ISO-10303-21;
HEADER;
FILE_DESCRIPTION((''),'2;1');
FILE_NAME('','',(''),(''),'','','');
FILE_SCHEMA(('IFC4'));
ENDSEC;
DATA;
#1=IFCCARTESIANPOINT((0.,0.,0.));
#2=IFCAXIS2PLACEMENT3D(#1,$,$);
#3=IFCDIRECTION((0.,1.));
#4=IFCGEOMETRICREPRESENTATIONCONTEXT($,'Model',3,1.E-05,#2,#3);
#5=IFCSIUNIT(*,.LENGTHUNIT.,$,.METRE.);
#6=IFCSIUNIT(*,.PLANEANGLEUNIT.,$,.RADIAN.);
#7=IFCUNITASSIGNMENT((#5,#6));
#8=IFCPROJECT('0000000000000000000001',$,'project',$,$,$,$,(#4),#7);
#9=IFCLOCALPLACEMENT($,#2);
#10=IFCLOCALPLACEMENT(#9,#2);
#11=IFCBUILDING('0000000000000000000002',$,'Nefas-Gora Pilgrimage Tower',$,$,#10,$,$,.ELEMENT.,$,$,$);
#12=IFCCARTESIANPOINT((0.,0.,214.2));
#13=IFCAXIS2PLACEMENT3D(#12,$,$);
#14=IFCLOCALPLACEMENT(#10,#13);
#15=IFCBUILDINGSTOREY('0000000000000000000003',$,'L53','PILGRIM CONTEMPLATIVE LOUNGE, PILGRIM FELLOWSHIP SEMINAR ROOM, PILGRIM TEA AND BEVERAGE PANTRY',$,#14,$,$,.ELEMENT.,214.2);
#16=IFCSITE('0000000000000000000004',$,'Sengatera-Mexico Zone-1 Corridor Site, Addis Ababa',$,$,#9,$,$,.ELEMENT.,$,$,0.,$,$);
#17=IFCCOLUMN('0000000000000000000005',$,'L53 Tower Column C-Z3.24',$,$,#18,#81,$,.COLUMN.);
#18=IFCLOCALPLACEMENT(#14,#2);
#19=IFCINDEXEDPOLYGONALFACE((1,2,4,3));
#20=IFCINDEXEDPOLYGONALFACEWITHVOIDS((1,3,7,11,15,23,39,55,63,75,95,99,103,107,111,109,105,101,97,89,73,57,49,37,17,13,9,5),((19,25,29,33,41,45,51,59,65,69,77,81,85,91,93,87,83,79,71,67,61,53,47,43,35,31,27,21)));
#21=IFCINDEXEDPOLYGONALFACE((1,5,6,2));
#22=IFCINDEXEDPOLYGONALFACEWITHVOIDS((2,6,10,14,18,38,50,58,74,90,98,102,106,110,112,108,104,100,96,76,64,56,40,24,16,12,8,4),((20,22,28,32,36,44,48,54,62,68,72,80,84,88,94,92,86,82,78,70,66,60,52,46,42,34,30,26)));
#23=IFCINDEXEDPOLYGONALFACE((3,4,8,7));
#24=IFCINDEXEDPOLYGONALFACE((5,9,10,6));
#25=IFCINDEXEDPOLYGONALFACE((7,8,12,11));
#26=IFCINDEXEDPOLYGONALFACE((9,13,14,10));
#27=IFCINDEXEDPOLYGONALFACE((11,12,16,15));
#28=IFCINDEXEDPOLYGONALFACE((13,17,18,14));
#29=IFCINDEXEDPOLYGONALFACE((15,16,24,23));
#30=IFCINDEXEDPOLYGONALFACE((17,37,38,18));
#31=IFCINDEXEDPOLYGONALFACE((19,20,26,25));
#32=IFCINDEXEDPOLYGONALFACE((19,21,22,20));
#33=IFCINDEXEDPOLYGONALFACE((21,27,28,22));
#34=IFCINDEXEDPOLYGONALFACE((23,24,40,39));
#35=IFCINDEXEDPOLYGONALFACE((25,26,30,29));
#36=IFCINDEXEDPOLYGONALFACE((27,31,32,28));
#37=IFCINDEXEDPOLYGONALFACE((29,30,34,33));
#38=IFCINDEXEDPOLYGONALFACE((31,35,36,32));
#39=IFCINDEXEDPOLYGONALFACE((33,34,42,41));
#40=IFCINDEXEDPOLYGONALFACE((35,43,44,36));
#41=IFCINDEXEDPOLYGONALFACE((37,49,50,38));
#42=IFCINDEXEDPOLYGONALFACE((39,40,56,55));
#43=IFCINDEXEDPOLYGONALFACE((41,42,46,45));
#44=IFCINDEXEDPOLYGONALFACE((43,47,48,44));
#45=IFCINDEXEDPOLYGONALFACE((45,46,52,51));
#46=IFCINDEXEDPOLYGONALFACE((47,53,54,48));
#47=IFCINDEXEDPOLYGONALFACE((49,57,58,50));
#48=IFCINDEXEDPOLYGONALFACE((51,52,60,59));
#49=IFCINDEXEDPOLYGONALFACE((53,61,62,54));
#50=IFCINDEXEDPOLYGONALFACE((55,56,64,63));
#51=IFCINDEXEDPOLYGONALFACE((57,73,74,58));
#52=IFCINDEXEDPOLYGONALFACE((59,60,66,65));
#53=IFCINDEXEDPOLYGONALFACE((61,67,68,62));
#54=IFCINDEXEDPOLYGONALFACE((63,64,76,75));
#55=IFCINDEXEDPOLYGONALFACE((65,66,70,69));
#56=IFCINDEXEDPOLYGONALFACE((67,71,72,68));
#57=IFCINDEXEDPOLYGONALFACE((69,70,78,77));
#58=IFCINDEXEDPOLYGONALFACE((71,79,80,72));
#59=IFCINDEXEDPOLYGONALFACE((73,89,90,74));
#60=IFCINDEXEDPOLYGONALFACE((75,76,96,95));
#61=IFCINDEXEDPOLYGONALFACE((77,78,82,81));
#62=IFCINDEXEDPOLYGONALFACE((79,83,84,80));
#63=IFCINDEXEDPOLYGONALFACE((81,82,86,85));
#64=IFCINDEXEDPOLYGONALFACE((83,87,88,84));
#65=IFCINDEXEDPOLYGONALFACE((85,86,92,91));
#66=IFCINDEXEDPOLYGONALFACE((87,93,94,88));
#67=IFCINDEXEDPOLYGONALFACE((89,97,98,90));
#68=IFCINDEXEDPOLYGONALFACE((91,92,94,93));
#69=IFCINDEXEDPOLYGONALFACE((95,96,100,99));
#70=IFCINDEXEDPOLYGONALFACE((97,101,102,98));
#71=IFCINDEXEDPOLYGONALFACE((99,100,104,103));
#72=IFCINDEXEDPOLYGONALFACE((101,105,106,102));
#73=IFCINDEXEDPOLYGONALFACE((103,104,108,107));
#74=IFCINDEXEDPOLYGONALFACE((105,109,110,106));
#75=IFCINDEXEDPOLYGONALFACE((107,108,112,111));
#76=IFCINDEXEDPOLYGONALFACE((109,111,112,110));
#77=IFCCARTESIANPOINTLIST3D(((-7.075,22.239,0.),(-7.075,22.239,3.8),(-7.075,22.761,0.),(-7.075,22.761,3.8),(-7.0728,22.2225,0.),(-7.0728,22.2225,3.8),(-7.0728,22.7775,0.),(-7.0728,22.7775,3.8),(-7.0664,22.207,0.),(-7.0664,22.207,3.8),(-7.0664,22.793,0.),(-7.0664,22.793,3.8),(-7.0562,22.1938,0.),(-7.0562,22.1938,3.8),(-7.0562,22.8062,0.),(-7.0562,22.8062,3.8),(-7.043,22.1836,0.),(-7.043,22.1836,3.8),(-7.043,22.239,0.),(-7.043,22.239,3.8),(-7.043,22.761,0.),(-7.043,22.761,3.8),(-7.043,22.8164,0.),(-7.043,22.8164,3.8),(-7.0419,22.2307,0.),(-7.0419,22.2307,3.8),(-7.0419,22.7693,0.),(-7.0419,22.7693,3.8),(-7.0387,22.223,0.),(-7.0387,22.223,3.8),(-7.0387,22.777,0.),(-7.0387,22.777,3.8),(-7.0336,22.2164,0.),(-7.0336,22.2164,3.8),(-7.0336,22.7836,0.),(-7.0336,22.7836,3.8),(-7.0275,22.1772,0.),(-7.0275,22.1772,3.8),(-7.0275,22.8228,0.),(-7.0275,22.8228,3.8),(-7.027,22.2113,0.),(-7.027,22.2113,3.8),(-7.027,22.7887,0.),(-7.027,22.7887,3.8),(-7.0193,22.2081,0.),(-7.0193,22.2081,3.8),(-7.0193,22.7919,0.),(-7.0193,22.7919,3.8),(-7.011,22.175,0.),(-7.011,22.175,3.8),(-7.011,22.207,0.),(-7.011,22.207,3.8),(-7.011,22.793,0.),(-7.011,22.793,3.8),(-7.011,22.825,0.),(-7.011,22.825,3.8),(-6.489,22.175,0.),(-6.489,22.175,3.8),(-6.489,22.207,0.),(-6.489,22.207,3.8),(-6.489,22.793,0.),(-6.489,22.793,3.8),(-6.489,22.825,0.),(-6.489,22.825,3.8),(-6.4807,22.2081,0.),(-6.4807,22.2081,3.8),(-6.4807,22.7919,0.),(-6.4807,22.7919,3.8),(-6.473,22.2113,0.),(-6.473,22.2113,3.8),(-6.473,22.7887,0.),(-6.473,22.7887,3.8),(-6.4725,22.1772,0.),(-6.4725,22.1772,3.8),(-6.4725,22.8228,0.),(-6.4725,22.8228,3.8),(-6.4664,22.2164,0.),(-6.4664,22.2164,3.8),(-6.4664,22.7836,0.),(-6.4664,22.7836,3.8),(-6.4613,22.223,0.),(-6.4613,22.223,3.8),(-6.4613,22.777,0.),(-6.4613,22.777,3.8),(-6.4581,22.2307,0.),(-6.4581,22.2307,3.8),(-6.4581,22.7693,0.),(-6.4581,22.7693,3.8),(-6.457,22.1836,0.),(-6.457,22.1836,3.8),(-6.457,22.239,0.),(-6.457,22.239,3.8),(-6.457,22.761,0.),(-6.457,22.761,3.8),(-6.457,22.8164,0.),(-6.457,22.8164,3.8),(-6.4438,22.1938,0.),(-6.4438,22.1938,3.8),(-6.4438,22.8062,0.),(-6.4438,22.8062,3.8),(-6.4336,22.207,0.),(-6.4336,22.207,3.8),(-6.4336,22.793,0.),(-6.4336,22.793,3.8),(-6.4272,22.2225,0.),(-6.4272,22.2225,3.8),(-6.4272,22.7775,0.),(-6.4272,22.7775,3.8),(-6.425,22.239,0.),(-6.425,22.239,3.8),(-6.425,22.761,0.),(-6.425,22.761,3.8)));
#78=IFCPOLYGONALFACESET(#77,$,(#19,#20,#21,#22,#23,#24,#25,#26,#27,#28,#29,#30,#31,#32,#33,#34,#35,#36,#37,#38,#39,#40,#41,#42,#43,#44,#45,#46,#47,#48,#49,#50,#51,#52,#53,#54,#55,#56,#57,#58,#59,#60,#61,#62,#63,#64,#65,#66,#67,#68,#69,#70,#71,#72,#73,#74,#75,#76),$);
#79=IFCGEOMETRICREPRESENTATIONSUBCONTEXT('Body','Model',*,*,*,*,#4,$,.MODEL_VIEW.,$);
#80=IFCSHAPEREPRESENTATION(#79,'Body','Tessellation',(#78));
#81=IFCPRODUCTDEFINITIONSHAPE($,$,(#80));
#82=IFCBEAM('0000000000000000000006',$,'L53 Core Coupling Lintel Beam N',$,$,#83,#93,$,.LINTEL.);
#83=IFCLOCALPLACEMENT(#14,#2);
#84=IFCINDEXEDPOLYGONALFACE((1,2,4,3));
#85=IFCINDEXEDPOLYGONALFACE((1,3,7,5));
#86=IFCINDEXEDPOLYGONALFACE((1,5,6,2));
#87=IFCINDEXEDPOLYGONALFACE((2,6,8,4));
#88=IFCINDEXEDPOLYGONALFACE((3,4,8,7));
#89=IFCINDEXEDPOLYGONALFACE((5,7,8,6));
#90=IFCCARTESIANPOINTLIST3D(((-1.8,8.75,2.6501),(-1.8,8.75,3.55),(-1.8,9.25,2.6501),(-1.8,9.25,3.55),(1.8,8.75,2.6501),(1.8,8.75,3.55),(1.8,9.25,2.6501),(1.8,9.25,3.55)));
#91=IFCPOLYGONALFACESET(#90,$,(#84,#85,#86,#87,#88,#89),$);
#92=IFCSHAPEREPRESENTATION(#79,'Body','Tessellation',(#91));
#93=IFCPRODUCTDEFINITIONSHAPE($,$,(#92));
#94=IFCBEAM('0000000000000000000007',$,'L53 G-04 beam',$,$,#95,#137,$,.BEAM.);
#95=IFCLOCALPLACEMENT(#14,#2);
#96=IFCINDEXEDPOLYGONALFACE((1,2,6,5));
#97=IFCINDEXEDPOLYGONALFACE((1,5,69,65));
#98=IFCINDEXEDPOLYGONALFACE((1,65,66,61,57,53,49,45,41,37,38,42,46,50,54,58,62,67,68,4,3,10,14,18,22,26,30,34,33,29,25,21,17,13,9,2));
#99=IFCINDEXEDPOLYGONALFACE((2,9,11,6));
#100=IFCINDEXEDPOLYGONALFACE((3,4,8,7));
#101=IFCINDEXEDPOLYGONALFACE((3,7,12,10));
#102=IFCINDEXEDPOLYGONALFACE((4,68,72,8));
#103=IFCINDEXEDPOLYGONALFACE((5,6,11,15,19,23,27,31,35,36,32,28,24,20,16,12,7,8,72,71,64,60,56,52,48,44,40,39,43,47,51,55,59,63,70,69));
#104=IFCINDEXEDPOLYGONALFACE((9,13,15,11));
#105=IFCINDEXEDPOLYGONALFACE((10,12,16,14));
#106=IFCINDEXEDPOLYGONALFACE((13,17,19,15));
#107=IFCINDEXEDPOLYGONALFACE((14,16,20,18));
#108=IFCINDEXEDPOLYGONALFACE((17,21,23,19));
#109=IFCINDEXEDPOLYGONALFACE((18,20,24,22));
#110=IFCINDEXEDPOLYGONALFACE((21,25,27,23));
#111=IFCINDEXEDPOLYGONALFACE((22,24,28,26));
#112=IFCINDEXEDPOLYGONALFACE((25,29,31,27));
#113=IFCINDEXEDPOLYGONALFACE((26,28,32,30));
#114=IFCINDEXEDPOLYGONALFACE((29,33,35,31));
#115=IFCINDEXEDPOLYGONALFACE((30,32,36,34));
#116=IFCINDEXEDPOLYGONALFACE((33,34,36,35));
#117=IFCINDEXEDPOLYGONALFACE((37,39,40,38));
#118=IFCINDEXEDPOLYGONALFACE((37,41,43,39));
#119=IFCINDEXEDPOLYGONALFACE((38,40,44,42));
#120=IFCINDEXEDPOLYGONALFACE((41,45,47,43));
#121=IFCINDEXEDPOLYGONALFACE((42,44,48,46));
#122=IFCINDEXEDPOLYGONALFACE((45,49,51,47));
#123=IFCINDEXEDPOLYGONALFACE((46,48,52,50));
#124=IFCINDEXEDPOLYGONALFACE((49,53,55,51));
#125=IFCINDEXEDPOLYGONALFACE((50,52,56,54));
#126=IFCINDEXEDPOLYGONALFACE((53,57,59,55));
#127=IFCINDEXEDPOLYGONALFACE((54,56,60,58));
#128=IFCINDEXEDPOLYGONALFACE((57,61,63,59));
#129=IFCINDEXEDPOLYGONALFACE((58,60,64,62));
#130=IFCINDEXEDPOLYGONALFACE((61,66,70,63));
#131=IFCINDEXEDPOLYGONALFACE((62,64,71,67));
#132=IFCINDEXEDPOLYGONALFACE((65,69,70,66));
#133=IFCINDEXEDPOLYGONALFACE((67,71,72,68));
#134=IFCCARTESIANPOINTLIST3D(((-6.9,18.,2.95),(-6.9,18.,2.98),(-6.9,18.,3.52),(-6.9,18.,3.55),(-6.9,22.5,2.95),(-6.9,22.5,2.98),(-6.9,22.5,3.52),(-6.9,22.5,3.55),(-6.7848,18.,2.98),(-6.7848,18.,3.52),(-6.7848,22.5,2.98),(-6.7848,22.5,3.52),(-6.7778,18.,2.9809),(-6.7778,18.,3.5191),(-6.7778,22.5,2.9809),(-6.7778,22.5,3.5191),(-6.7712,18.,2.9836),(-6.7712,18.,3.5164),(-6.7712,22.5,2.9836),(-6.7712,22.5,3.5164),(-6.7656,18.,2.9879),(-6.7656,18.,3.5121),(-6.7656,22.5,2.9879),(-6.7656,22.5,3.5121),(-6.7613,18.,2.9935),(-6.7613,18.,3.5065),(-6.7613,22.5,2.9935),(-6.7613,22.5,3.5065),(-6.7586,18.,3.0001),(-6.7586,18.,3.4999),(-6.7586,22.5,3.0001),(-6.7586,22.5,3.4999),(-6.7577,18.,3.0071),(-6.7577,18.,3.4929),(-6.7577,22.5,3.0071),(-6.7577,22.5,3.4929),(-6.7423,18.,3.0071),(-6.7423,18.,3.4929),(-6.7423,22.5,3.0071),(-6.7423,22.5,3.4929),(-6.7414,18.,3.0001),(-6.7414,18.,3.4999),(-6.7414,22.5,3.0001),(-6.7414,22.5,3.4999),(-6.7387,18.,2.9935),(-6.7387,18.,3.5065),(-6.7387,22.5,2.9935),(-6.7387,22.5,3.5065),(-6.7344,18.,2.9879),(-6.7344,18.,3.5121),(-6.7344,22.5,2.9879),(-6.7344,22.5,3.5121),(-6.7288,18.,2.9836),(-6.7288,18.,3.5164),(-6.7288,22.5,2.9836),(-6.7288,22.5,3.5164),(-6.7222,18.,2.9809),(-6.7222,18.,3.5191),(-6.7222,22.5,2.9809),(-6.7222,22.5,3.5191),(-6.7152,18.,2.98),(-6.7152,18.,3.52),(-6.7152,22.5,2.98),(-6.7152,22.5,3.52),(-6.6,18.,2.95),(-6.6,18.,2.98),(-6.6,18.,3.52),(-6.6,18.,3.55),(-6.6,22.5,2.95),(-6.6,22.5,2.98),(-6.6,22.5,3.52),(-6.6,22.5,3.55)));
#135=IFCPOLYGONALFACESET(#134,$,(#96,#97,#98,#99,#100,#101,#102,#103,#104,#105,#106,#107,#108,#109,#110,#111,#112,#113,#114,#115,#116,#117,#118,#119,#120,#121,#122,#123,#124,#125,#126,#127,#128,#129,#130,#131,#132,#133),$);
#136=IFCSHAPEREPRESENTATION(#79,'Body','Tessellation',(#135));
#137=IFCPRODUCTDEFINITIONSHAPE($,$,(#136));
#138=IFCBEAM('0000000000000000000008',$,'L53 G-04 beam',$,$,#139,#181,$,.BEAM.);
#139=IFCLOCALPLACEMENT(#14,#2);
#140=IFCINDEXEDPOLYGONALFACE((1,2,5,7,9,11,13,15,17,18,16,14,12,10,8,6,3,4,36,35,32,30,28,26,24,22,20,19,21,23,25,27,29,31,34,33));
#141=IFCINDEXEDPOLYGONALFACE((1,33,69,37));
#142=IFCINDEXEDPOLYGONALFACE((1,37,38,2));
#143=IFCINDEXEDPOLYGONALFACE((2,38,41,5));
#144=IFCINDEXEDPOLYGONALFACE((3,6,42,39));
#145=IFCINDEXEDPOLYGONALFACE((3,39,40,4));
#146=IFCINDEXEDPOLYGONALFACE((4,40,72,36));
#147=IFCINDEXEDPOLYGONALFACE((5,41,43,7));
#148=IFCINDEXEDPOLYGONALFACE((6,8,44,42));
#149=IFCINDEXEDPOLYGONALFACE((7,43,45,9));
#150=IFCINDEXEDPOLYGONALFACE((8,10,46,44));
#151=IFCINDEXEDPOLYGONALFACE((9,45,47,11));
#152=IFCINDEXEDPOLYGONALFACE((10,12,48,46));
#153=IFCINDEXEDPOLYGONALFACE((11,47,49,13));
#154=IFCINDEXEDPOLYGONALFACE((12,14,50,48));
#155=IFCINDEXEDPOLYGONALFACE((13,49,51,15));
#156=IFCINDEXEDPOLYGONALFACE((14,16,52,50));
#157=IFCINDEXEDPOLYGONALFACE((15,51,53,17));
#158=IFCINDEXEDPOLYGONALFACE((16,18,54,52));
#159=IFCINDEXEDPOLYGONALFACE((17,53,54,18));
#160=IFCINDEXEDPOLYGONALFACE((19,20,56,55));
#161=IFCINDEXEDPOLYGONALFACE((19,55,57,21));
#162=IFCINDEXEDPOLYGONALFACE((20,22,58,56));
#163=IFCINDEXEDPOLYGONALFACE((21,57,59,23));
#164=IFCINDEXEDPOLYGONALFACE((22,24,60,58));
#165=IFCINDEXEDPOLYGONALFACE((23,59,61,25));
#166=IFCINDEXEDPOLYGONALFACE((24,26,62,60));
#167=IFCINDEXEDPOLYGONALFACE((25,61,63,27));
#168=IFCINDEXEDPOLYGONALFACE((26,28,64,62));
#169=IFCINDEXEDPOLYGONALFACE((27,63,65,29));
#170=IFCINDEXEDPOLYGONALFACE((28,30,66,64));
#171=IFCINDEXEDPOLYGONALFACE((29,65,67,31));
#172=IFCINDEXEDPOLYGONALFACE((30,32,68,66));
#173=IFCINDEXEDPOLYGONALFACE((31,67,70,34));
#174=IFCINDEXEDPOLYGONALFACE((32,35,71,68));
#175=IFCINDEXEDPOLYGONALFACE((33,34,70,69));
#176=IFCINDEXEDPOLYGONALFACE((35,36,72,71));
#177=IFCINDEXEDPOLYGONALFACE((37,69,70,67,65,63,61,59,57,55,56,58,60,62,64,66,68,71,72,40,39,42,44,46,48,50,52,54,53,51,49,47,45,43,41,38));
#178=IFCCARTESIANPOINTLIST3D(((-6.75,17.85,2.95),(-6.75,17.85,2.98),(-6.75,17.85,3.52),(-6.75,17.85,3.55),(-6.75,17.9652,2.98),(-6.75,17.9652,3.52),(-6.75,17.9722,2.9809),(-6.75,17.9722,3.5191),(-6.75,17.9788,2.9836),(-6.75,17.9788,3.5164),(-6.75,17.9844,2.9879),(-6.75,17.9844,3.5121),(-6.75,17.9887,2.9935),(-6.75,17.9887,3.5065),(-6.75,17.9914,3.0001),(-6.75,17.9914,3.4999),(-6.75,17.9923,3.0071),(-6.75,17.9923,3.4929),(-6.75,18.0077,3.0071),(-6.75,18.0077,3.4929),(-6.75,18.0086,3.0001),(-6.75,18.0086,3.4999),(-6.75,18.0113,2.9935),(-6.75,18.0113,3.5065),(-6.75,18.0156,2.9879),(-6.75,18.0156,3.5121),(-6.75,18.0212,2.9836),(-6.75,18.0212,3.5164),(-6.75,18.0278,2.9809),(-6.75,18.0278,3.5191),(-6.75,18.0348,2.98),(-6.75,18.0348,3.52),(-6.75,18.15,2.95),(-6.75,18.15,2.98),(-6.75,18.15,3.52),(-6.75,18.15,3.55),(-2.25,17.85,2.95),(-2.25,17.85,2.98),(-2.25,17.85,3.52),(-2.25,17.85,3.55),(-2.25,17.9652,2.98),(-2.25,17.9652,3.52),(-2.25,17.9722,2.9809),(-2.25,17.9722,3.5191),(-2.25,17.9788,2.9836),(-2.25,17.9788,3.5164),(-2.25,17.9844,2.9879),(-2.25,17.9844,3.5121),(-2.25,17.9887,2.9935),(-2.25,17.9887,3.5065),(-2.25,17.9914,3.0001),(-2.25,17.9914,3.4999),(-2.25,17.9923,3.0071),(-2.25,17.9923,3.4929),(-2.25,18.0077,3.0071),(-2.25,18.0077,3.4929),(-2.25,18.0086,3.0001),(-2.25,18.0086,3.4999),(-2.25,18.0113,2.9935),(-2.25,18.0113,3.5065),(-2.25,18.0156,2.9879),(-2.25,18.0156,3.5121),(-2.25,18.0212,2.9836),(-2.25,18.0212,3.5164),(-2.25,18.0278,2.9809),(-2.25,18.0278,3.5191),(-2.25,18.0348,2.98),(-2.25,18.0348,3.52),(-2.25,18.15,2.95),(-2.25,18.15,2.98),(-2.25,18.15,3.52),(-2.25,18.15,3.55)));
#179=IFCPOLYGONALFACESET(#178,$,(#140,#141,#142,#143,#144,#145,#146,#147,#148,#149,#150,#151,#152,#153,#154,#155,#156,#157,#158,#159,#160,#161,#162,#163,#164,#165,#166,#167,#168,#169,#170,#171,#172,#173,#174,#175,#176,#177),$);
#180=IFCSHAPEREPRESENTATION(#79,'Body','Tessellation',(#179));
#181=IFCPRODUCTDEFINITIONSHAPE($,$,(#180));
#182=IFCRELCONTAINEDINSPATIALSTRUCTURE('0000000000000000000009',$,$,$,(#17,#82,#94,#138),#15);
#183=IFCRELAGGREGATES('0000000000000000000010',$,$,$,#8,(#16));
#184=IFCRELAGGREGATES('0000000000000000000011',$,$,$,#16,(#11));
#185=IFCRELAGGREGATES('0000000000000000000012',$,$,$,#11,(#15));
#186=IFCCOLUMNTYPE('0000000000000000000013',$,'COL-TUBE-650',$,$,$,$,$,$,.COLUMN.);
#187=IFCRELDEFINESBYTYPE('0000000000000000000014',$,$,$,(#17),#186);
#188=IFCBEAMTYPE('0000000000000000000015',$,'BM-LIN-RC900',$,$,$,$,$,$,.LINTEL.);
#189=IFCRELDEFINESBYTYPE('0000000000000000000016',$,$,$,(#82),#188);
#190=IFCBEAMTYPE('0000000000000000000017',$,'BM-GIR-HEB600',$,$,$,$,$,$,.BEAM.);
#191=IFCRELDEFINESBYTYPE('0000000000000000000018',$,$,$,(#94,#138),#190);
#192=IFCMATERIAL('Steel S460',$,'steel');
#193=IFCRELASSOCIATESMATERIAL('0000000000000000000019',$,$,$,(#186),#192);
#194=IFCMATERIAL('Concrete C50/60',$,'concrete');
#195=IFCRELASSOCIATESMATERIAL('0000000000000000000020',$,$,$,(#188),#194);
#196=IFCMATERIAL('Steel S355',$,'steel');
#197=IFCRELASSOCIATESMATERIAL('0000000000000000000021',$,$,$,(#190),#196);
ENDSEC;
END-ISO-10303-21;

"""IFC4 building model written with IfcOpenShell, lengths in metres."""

from ifc_helpers import new_model, si_unit, direction, frame, origin, origin_2d, place, context, subcontext, project, spatial, rectangle, hollow_rectangle, i_section, extrude, source, transform, mapped, material, material_profile, profile_set, type_object, element, save


model = new_model("IFC4")

# Units and contexts
model_context = context("Model", 3, precision=1e-05, world=origin(), true_north=direction((0.0, 1.0)))
body_context = subcontext(model_context, "Body", "Model", "MODEL_VIEW")
ifc_project = project(units=[si_unit("LENGTHUNIT", "METRE"), si_unit("PLANEANGLEUNIT", "RADIAN")], contexts=[model_context])

# Site, building, storey
site_placement = place(None, origin())
site = spatial("IfcSite", under=ifc_project, at=site_placement, Name="Sengatera-Mexico Zone-1 Corridor Site, Addis Ababa", CompositionType="ELEMENT", RefElevation=0.0)
building_placement = place(site_placement, origin())
building = spatial("IfcBuilding", under=site, at=building_placement, Name="Nefas-Gora Pilgrimage Tower", CompositionType="ELEMENT")
storey_placement = place(building_placement, frame((0.0, 0.0, 214.2)))
storey = spatial("IfcBuildingStorey", under=building, at=storey_placement, Name="L53", Description="PILGRIM CONTEMPLATIVE LOUNGE, PILGRIM FELLOWSHIP SEMINAR ROOM, PILGRIM TEA AND BEVERAGE PANTRY", CompositionType="ELEMENT", Elevation=214.2)

# Column
ifc_material_1 = material(Name="Steel S460", Category="steel")
ifc_material_profile_1 = material_profile(ifc_material_1, hollow_rectangle(XDim=0.6499, YDim=0.6499, WallThickness=0.032, InnerFilletRadius=0.032, OuterFilletRadius=0.064, at=origin_2d()), Name="BOX 650x650x32")
ifc_profile_set_1 = profile_set([ifc_material_profile_1], Name="Steel S460")
column_type_1 = type_object("IfcColumnType", Name="COL-TUBE-650", PredefinedType="COLUMN", material=ifc_profile_set_1)
shared_shape_1 = source(origin(), body_context, "Body", "SweptSolid", [
    extrude(hollow_rectangle(XDim=0.6499, YDim=0.6499, WallThickness=0.032, InnerFilletRadius=0.032, OuterFilletRadius=0.064, at=origin_2d()), origin(), (0.0, 0.0, 1.0), 3.8),
])
column_placement = place(storey_placement, frame((-6.75, 22.5, 0.0), z_axis=(0.0, 0.0, 1.0), x_axis=(1.0, 0.0, 0.0)))
element("IfcColumn", 1, at=column_placement, inside=storey, type_object=column_type_1, Name="L53 Tower Column C-Z3.24", PredefinedType="COLUMN", context=body_context, shape_type="MappedRepresentation", body=[
    mapped(shared_shape_1, transform((0.0, 0.0, 0.0), x_axis=(1.0, 0.0, 0.0), y_axis=(0.0, 1.0, 0.0), z_axis=(0.0, 0.0, 1.0), scale=1.0)),
])

# Beams
ifc_material_2 = material(Name="Concrete C50/60", Category="concrete")
ifc_material_profile_2 = material_profile(ifc_material_2, rectangle(XDim=0.5, YDim=0.8999, at=origin_2d()), Name="RC 500x900")
ifc_profile_set_2 = profile_set([ifc_material_profile_2], Name="Concrete C50/60")
beam_type_1 = type_object("IfcBeamType", Name="BM-LIN-RC900", PredefinedType="LINTEL", material=ifc_profile_set_2)
shared_shape_2 = source(origin(), body_context, "Body", "SweptSolid", [
    extrude(rectangle(XDim=0.5, YDim=0.8999, at=origin_2d()), origin(), (0.0, 0.0, 1.0), 3.6001),
])
beam_placement = place(storey_placement, frame((-1.8, 9.0, 3.1001), z_axis=(1.0, 0.0, 0.0), x_axis=(0.0, 1.0, 0.0)))
element("IfcBeam", 2, at=beam_placement, inside=storey, type_object=beam_type_1, Name="L53 Core Coupling Lintel Beam N", PredefinedType="LINTEL", context=body_context, shape_type="MappedRepresentation", body=[
    mapped(shared_shape_2, transform((0.0, 0.0, 0.0), x_axis=(1.0, 0.0, 0.0), y_axis=(0.0, 1.0, 0.0), z_axis=(0.0, 0.0, 1.0), scale=1.0)),
])
ifc_material_3 = material(Name="Steel S355", Category="steel")
ifc_material_profile_3 = material_profile(ifc_material_3, i_section(OverallWidth=0.3, OverallDepth=0.6001, WebThickness=0.0154, FlangeThickness=0.03, FilletRadius=0.0271, at=origin_2d()), Name="HEB 600")
ifc_profile_set_3 = profile_set([ifc_material_profile_3], Name="Steel S355")
beam_type_2 = type_object("IfcBeamType", Name="BM-GIR-HEB600", PredefinedType="BEAM", material=ifc_profile_set_3)
shared_shape_3 = source(origin(), body_context, "Body", "SweptSolid", [
    extrude(i_section(OverallWidth=0.3, OverallDepth=0.6001, WebThickness=0.0154, FlangeThickness=0.03, FilletRadius=0.0271, at=origin_2d()), origin(), (0.0, 0.0, 1.0), 4.5),
])
for number, where, z_axis, x_axis, name in (
    (3, (-6.75, 18.0, 3.25), (0.0, 1.0, 0.0), (-1.0, 0.0, 0.0), "L53 G-04 beam"),
    (4, (-6.75, 18.0, 3.25), (1.0, 0.0, 0.0), (0.0, 1.0, 0.0), "L53 G-04 beam"),
):
    element("IfcBeam", number, at=place(storey_placement, frame(where, z_axis=z_axis, x_axis=x_axis)), inside=storey, type_object=beam_type_2, Name=name, PredefinedType="BEAM", context=body_context, shape_type="MappedRepresentation", body=[
        mapped(shared_shape_3, transform((0.0, 0.0, 0.0), x_axis=(1.0, 0.0, 0.0), y_axis=(0.0, 1.0, 0.0), z_axis=(0.0, 0.0, 1.0), scale=1.0)),
    ])

save(model, "model.ifc")
